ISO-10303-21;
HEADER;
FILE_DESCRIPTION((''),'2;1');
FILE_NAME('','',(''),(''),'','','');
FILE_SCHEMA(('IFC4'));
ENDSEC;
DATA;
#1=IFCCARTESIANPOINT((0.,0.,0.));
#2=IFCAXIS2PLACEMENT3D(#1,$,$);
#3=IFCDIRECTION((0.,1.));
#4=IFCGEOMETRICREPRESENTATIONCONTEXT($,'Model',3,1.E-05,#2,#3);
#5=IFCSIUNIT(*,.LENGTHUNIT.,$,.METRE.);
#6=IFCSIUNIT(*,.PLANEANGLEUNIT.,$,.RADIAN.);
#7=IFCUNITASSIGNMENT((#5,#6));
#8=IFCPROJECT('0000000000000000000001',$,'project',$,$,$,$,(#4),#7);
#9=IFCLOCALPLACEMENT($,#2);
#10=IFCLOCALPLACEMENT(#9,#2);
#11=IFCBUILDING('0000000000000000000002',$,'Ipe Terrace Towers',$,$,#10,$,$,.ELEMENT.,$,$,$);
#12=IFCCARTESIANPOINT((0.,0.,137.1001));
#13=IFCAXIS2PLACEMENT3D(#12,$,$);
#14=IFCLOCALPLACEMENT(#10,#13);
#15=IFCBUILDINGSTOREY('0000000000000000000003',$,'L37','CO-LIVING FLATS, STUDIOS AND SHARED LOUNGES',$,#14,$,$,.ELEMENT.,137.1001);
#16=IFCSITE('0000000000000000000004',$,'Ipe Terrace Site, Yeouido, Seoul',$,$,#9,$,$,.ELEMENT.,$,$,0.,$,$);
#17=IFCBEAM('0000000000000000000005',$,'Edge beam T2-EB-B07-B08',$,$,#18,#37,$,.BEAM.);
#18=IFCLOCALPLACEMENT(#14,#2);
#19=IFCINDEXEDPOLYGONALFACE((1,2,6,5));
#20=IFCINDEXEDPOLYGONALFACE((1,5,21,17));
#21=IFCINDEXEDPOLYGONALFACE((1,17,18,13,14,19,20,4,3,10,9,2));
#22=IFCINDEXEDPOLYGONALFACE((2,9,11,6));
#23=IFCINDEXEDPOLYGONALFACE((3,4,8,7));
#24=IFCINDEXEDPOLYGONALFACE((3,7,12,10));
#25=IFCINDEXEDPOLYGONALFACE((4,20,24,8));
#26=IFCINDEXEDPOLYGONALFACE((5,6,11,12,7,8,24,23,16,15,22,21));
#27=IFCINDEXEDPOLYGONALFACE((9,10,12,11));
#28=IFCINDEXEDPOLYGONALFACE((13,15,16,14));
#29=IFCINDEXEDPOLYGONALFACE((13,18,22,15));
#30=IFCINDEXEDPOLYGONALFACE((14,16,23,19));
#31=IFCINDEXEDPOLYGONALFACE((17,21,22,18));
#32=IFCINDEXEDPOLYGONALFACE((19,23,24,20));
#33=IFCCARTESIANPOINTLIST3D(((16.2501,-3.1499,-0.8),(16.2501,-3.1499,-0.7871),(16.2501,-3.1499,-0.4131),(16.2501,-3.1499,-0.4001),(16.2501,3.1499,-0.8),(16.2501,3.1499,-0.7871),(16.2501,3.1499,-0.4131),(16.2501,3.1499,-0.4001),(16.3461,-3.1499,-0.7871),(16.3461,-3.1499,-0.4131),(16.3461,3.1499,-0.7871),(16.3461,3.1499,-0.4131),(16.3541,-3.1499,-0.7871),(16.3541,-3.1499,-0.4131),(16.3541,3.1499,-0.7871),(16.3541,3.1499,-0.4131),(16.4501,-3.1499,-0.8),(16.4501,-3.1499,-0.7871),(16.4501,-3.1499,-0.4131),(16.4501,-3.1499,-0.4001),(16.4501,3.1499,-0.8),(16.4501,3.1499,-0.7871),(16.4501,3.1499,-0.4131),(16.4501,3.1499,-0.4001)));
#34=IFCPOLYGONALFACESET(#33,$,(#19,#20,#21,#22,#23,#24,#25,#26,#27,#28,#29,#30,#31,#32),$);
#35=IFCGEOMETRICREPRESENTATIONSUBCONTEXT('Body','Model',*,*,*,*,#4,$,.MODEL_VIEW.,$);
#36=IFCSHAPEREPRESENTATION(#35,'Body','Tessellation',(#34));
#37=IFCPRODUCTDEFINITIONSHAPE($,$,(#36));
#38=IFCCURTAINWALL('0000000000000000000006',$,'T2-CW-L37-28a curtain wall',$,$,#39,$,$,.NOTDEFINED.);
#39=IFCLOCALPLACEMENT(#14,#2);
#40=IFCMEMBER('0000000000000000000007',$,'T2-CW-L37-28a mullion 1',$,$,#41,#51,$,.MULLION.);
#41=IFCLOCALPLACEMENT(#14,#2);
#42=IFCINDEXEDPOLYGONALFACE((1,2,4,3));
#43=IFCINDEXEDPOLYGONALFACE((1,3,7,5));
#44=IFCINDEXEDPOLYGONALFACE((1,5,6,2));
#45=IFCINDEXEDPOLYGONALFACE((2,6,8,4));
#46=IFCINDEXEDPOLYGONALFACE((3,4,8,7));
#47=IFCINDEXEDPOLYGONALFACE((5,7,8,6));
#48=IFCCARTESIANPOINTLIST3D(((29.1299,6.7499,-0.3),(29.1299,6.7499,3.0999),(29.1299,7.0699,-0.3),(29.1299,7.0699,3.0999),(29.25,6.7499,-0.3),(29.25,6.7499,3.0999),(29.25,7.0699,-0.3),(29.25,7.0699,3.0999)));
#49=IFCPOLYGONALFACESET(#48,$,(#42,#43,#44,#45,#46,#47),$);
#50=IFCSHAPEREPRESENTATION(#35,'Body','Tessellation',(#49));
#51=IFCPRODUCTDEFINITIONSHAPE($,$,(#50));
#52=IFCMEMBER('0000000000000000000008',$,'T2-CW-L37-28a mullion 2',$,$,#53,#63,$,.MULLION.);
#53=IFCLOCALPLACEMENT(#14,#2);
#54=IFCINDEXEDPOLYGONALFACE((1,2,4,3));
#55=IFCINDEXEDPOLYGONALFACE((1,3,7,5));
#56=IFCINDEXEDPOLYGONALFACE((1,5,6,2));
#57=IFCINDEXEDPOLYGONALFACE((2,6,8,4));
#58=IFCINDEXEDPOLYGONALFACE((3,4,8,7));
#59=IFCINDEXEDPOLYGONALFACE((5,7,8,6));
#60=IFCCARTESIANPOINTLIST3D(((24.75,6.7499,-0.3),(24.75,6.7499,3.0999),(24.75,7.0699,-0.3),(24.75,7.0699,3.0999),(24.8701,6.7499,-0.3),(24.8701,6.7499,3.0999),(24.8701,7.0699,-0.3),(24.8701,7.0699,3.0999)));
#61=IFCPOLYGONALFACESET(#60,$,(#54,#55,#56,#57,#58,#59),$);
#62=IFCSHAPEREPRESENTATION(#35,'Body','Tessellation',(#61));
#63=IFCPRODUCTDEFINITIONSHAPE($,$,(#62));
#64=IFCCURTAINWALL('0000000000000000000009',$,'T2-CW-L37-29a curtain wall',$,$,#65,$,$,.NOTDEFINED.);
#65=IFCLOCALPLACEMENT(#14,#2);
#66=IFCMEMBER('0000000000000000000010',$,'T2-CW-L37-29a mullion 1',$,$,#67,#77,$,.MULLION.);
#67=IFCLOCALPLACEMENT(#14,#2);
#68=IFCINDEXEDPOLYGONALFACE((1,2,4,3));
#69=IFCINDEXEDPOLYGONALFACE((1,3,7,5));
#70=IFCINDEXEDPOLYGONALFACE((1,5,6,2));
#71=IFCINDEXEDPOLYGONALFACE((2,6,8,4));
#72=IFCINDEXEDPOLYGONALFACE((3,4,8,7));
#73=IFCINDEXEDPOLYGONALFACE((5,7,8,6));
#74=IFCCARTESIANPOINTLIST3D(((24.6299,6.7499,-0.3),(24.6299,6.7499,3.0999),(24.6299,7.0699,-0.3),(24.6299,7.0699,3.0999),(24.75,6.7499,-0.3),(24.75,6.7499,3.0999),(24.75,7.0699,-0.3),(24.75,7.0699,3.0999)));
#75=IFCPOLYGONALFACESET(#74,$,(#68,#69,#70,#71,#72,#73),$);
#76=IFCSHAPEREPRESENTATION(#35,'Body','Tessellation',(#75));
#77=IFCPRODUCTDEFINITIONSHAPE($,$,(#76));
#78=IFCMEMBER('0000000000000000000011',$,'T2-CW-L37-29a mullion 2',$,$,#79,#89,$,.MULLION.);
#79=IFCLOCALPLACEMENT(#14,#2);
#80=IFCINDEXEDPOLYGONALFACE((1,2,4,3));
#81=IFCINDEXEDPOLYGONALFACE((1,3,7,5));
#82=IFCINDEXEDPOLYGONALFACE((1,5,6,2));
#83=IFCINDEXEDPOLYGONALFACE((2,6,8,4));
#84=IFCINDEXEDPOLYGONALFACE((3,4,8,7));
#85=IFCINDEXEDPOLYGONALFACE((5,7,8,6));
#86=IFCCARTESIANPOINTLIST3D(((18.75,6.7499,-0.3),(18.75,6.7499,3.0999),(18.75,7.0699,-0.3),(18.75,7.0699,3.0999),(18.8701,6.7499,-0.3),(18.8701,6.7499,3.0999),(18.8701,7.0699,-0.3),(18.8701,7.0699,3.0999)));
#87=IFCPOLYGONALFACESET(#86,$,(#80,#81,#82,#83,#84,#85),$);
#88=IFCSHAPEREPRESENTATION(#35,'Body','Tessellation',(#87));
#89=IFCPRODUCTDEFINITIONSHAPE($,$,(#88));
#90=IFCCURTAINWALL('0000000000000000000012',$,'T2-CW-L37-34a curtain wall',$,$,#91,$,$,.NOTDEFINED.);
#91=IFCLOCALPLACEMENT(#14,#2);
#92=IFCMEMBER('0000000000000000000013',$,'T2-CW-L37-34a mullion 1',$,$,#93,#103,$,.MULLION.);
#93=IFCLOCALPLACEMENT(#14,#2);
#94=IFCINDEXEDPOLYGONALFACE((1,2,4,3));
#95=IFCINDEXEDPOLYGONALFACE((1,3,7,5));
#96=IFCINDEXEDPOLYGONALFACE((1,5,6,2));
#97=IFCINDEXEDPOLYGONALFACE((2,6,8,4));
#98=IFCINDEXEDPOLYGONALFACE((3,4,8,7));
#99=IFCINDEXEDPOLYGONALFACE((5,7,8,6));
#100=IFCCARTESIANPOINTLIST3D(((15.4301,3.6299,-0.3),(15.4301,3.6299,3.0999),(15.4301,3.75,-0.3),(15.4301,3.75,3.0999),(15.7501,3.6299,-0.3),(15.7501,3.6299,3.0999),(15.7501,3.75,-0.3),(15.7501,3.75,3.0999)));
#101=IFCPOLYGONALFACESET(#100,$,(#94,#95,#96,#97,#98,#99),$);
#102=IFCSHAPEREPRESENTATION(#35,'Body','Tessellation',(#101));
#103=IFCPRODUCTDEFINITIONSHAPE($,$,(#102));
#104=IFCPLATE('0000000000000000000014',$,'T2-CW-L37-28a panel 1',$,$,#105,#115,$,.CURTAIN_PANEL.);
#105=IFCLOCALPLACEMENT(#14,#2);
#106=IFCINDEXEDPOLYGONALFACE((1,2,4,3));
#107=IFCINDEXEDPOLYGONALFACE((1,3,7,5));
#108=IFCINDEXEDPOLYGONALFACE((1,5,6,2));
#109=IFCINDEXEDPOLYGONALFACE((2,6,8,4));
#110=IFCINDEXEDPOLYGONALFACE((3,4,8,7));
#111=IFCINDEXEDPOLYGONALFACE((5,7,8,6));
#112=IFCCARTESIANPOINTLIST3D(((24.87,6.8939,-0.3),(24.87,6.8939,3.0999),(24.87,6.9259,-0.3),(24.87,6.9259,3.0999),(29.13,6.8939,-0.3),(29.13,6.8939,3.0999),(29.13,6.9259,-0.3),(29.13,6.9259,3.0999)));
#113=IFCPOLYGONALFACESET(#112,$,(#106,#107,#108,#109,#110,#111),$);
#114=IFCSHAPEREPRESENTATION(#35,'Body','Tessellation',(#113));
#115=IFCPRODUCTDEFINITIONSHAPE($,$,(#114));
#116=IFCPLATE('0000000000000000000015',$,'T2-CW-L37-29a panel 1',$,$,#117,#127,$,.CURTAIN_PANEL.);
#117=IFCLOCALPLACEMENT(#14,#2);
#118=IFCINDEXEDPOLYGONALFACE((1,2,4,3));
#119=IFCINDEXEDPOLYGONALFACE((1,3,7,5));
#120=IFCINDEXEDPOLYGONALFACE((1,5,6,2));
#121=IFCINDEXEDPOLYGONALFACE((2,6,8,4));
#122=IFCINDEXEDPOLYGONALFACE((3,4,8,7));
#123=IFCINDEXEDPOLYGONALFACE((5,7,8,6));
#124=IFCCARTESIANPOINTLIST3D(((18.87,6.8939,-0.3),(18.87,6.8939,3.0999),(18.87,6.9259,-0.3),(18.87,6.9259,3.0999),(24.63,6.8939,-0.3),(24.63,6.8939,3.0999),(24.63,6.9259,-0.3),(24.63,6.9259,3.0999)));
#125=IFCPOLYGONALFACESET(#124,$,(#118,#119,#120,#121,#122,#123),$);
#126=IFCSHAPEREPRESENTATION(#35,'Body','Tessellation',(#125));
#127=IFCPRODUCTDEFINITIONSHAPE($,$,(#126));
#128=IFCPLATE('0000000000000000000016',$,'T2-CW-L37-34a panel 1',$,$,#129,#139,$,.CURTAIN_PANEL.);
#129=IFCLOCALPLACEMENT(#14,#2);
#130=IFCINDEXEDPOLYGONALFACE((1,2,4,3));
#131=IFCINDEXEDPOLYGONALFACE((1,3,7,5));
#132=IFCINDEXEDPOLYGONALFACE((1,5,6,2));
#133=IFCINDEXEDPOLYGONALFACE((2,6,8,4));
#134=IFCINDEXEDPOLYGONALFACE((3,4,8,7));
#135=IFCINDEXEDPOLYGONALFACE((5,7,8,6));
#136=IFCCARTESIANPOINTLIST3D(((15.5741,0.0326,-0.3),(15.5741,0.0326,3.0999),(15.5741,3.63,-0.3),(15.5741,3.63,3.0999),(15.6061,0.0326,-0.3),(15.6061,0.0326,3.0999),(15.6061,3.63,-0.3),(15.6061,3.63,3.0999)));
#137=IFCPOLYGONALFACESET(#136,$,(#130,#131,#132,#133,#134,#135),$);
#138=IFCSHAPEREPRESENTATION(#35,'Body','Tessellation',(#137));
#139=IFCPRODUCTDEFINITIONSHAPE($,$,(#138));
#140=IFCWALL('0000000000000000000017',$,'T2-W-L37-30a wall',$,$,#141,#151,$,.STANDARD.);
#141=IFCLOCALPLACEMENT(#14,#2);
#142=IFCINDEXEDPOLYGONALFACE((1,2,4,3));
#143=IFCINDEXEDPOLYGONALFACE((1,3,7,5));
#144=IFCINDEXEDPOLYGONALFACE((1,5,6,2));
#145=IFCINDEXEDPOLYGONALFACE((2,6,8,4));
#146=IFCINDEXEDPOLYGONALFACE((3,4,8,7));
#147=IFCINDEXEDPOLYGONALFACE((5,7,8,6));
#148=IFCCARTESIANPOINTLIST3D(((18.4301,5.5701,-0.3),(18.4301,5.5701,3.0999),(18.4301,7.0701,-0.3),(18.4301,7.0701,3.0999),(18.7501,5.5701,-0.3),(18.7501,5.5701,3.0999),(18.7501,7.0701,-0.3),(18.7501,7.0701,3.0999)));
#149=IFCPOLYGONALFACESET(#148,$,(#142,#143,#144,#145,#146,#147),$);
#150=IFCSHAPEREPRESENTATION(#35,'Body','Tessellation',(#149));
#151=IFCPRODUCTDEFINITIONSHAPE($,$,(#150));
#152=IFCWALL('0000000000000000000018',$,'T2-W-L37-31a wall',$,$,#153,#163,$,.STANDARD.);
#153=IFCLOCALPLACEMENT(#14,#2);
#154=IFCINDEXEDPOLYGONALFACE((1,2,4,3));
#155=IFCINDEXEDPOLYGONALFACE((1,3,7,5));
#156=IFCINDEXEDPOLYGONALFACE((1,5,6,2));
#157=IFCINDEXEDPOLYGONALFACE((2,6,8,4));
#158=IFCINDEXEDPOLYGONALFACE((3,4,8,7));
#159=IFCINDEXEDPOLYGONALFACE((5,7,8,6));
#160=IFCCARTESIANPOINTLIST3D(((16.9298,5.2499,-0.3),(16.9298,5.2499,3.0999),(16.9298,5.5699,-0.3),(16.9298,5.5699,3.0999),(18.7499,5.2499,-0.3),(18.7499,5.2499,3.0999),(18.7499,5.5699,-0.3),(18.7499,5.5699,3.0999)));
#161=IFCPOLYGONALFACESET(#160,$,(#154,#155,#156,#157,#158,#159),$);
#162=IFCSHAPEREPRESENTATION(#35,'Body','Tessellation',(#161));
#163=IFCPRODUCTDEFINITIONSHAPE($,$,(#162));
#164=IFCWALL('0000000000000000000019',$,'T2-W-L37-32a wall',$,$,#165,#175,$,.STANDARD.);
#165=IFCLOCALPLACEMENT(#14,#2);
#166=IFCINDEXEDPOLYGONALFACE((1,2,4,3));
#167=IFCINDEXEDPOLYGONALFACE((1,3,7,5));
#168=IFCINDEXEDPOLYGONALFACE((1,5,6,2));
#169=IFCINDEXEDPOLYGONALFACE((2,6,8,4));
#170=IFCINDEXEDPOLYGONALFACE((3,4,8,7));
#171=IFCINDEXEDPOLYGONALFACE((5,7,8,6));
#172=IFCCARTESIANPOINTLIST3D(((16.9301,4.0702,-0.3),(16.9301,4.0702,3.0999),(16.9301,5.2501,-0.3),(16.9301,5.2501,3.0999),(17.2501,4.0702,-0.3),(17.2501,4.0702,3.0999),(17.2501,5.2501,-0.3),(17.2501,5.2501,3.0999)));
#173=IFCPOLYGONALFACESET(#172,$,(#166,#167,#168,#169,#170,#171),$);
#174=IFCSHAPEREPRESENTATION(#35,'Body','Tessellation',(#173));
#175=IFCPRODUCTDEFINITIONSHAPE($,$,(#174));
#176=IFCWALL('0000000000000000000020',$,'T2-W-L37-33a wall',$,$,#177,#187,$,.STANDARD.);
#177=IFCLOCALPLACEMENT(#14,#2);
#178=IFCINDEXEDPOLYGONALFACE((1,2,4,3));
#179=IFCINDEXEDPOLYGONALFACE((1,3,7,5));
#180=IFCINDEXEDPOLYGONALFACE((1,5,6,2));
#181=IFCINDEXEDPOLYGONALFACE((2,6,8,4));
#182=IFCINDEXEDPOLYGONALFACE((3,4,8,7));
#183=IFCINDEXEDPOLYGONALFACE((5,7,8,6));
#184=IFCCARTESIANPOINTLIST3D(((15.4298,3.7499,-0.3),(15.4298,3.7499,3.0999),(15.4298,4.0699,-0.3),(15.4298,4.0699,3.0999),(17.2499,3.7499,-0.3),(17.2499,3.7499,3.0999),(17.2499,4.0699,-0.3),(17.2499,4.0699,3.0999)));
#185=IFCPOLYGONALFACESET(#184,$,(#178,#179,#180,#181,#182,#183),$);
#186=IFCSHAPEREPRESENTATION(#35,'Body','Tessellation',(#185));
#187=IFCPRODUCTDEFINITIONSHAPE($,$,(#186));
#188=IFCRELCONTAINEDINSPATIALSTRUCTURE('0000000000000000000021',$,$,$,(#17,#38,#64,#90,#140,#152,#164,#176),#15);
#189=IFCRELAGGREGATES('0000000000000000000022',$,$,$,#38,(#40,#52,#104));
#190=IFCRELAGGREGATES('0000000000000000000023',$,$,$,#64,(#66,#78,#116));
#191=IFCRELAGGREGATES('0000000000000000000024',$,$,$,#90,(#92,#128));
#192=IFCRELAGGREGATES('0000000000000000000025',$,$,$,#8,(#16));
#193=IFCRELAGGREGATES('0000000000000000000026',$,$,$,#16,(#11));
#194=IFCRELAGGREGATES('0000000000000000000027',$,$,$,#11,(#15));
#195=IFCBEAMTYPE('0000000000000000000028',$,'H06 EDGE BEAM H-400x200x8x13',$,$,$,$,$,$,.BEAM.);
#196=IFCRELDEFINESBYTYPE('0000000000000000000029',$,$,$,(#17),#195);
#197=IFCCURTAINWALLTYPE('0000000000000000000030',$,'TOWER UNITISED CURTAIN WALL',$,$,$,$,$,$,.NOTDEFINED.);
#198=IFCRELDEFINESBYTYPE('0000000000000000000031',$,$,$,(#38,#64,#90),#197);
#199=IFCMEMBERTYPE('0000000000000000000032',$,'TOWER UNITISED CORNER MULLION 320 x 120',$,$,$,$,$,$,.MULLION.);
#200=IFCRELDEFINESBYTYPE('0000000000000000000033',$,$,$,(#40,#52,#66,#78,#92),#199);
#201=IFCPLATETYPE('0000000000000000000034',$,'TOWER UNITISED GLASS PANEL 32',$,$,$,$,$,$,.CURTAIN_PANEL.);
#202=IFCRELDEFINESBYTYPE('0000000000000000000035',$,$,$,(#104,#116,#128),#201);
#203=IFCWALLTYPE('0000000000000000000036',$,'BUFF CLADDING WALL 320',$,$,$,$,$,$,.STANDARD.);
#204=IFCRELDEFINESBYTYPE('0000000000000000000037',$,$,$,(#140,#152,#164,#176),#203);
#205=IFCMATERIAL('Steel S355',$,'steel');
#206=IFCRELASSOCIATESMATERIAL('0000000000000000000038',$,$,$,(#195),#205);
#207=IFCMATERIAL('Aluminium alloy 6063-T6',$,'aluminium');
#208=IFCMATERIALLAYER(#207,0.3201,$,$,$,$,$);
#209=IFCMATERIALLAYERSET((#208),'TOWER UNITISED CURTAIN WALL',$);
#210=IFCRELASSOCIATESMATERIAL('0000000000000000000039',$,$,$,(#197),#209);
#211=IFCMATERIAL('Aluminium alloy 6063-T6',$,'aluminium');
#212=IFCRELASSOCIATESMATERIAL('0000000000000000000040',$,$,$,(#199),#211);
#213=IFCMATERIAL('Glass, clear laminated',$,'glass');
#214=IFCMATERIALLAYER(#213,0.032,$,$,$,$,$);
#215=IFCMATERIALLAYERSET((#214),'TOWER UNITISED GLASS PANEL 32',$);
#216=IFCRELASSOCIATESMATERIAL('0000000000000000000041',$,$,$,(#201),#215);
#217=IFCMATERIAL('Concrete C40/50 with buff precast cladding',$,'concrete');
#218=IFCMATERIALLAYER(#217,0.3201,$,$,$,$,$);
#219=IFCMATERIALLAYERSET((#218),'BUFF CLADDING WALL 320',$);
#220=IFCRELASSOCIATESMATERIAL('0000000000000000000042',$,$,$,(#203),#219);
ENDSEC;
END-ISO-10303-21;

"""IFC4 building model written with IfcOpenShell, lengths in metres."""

from ifc_helpers import new_model, si_unit, direction, frame, frame_2d, origin, origin_2d, place, context, subcontext, project, spatial, rectangle, i_section, extrude, material, layer, layer_set, material_profile, profile_set, type_object, element, aggregate, save


model = new_model("IFC4")

# Units and contexts
model_context = context("Model", 3, precision=1e-05, world=origin(), true_north=direction((0.0, 1.0)))
body_context = subcontext(model_context, "Body", "Model", "MODEL_VIEW")
ifc_project = project(units=[si_unit("LENGTHUNIT", "METRE"), si_unit("PLANEANGLEUNIT", "RADIAN")], contexts=[model_context])

# Site, building, storey
site_placement = place(None, origin())
site = spatial("IfcSite", under=ifc_project, at=site_placement, Name="Ipe Terrace Site, Yeouido, Seoul", CompositionType="ELEMENT", RefElevation=0.0)
building_placement = place(site_placement, origin())
building = spatial("IfcBuilding", under=site, at=building_placement, Name="Ipe Terrace Towers", CompositionType="ELEMENT")
storey_placement = place(building_placement, frame((0.0, 0.0, 137.1001)))
storey = spatial("IfcBuildingStorey", under=building, at=storey_placement, Name="L37", Description="CO-LIVING FLATS, STUDIOS AND SHARED LOUNGES", CompositionType="ELEMENT", Elevation=137.1001)

# Beam
ifc_material_1 = material(Name="Steel S355", Category="steel")
ifc_material_profile_1 = material_profile(ifc_material_1, i_section(OverallWidth=0.2, OverallDepth=0.3999, WebThickness=0.0081, FlangeThickness=0.0129, at=origin_2d()), Name="H-400x200x8x13")
ifc_profile_set_1 = profile_set([ifc_material_profile_1], Name="Steel S355")
beam_type_1 = type_object("IfcBeamType", Name="H06 EDGE BEAM H-400x200x8x13", PredefinedType="BEAM", material=ifc_profile_set_1)
beam_1_placement = place(storey_placement, frame((16.3501, 3.1499, -0.6001), z_axis=(0.0, -1.0, 0.0), x_axis=(1.0, 0.0, 0.0)))
element("IfcBeam", 1, at=beam_1_placement, inside=storey, type_object=beam_type_1, Name="Edge beam T2-EB-B07-B08", PredefinedType="BEAM", context=body_context, shape_type="SweptSolid", body=[
    extrude(i_section(OverallWidth=0.2, OverallDepth=0.3999, WebThickness=0.0081, FlangeThickness=0.0129, at=origin_2d()), origin(), (0.0, 0.0, 1.0), 6.2998),
])

# Curtain walls, members
ifc_material_2 = material(Name="Aluminium alloy 6063-T6", Category="aluminium")
ifc_layer_1 = layer(ifc_material_2, 0.3201)
ifc_layer_set_1 = layer_set([ifc_layer_1], Name="TOWER UNITISED CURTAIN WALL")
curtain_wall_type = type_object("IfcCurtainWallType", Name="TOWER UNITISED CURTAIN WALL", PredefinedType="NOTDEFINED", material=ifc_layer_set_1)
curtain_wall_1_placement = place(storey_placement, origin())
curtain_wall_1 = element("IfcCurtainWall", 2, at=curtain_wall_1_placement, inside=storey, type_object=curtain_wall_type, Name="T2-CW-L37-28a curtain wall", PredefinedType="NOTDEFINED")
ifc_material_3 = material(Name="Aluminium alloy 6063-T6", Category="aluminium")
ifc_material_profile_2 = material_profile(ifc_material_3, rectangle(XDim=0.3201, YDim=0.1201, at=origin_2d()), Name="TOWER UNITISED CORNER MULLION 320 x 120")
ifc_profile_set_2 = profile_set([ifc_material_profile_2], Name="Aluminium alloy 6063-T6")
member_type = type_object("IfcMemberType", Name="TOWER UNITISED CORNER MULLION 320 x 120", PredefinedType="MULLION", material=ifc_profile_set_2)
member_1_placement = place(storey_placement, frame((29.1899, 6.9099, -0.3), z_axis=(0.0, 0.0, 1.0), x_axis=(0.0, 1.0, 0.0)))
member_1 = element("IfcMember", 3, at=member_1_placement, type_object=member_type, Name="T2-CW-L37-28a mullion 1", PredefinedType="MULLION", context=body_context, shape_type="SweptSolid", body=[
    extrude(rectangle(XDim=0.3201, YDim=0.1201, at=origin_2d()), origin(), (0.0, 0.0, 1.0), 3.3999),
])
member_2_placement = place(storey_placement, frame((24.8101, 6.9099, -0.3), z_axis=(0.0, 0.0, 1.0), x_axis=(0.0, 1.0, 0.0)))
member_2 = element("IfcMember", 4, at=member_2_placement, type_object=member_type, Name="T2-CW-L37-28a mullion 2", PredefinedType="MULLION", context=body_context, shape_type="SweptSolid", body=[
    extrude(rectangle(XDim=0.3201, YDim=0.1201, at=origin_2d()), origin(), (0.0, 0.0, 1.0), 3.3999),
])
curtain_wall_2_placement = place(storey_placement, origin())
curtain_wall_2 = element("IfcCurtainWall", 5, at=curtain_wall_2_placement, inside=storey, type_object=curtain_wall_type, Name="T2-CW-L37-29a curtain wall", PredefinedType="NOTDEFINED")
member_3_placement = place(storey_placement, frame((24.6899, 6.9099, -0.3), z_axis=(0.0, 0.0, 1.0), x_axis=(0.0, 1.0, 0.0)))
member_3 = element("IfcMember", 6, at=member_3_placement, type_object=member_type, Name="T2-CW-L37-29a mullion 1", PredefinedType="MULLION", context=body_context, shape_type="SweptSolid", body=[
    extrude(rectangle(XDim=0.3201, YDim=0.1201, at=origin_2d()), origin(), (0.0, 0.0, 1.0), 3.3999),
])
member_4_placement = place(storey_placement, frame((18.8101, 6.9099, -0.3), z_axis=(0.0, 0.0, 1.0), x_axis=(0.0, 1.0, 0.0)))
member_4 = element("IfcMember", 7, at=member_4_placement, type_object=member_type, Name="T2-CW-L37-29a mullion 2", PredefinedType="MULLION", context=body_context, shape_type="SweptSolid", body=[
    extrude(rectangle(XDim=0.3201, YDim=0.1201, at=origin_2d()), origin(), (0.0, 0.0, 1.0), 3.3999),
])

# Curtain wall, member
curtain_wall_3_placement = place(storey_placement, origin())
curtain_wall_3 = element("IfcCurtainWall", 8, at=curtain_wall_3_placement, inside=storey, type_object=curtain_wall_type, Name="T2-CW-L37-34a curtain wall", PredefinedType="NOTDEFINED")
member_5_placement = place(storey_placement, frame((15.5901, 3.6899, -0.3), z_axis=(0.0, 0.0, 1.0), x_axis=(-1.0, 0.0, 0.0)))
member_5 = element("IfcMember", 9, at=member_5_placement, type_object=member_type, Name="T2-CW-L37-34a mullion 1", PredefinedType="MULLION", context=body_context, shape_type="SweptSolid", body=[
    extrude(rectangle(XDim=0.3201, YDim=0.1201, at=origin_2d()), origin(), (0.0, 0.0, 1.0), 3.3999),
])

# Plates
ifc_material_4 = material(Name="Glass, clear laminated", Category="glass")
ifc_layer_2 = layer(ifc_material_4, 0.032)
ifc_layer_set_2 = layer_set([ifc_layer_2], Name="TOWER UNITISED GLASS PANEL 32")
plate_type = type_object("IfcPlateType", Name="TOWER UNITISED GLASS PANEL 32", PredefinedType="CURTAIN_PANEL", material=ifc_layer_set_2)
plate_1_placement = place(storey_placement, frame((27.0, 6.9099, -0.3), z_axis=(0.0, 0.0, 1.0), x_axis=(-1.0, 0.0, 0.0)))
plate_1 = element("IfcPlate", 10, at=plate_1_placement, type_object=plate_type, Name="T2-CW-L37-28a panel 1", PredefinedType="CURTAIN_PANEL", context=body_context, shape_type="SweptSolid", body=[
    extrude(rectangle(XDim=4.26, YDim=0.032, at=origin_2d()), origin(), (0.0, 0.0, 1.0), 3.3999),
])
aggregate(curtain_wall_1, [member_1, member_2, plate_1])
plate_2_placement = place(storey_placement, frame((21.75, 6.9099, -0.3), z_axis=(0.0, 0.0, 1.0), x_axis=(-1.0, 0.0, 0.0)))
plate_2 = element("IfcPlate", 11, at=plate_2_placement, type_object=plate_type, Name="T2-CW-L37-29a panel 1", PredefinedType="CURTAIN_PANEL", context=body_context, shape_type="SweptSolid", body=[
    extrude(rectangle(XDim=5.76, YDim=0.032, at=origin_2d()), origin(), (0.0, 0.0, 1.0), 3.3999),
])
aggregate(curtain_wall_2, [member_3, member_4, plate_2])
plate_3_placement = place(storey_placement, frame((15.5901, 1.8313, -0.3), z_axis=(0.0, 0.0, 1.0), x_axis=(0.0, -1.0, 0.0)))
plate_3 = element("IfcPlate", 12, at=plate_3_placement, type_object=plate_type, Name="T2-CW-L37-34a panel 1", PredefinedType="CURTAIN_PANEL", context=body_context, shape_type="SweptSolid", body=[
    extrude(rectangle(XDim=3.5974, YDim=0.032, at=origin_2d()), origin(), (0.0, 0.0, 1.0), 3.3999),
])
aggregate(curtain_wall_3, [member_5, plate_3])

# Walls
ifc_material_5 = material(Name="Concrete C40/50 with buff precast cladding", Category="concrete")
ifc_layer_3 = layer(ifc_material_5, 0.3201)
ifc_layer_set_3 = layer_set([ifc_layer_3], Name="BUFF CLADDING WALL 320")
wall_type_1 = type_object("IfcWallType", Name="BUFF CLADDING WALL 320", PredefinedType="STANDARD", material=ifc_layer_set_3)
wall_1_placement = place(storey_placement, frame((18.5901, 7.0701, -0.3), z_axis=(0.0, 0.0, 1.0), x_axis=(0.0, -1.0, 0.0)))
element("IfcWall", 13, at=wall_1_placement, inside=storey, type_object=wall_type_1, Name="T2-W-L37-30a wall", PredefinedType="STANDARD", context=body_context, shape_type="SweptSolid", body=[
    extrude(rectangle(XDim=1.5, YDim=0.3201, at=frame_2d((0.75, 0.0))), origin(), (0.0, 0.0, 1.0), 3.3999),
])
wall_2_placement = place(storey_placement, frame((18.75, 5.4099, -0.3), z_axis=(0.0, 0.0, 1.0), x_axis=(-1.0, 0.0, 0.0)))
element("IfcWall", 14, at=wall_2_placement, inside=storey, type_object=wall_type_1, Name="T2-W-L37-31a wall", PredefinedType="STANDARD", context=body_context, shape_type="SweptSolid", body=[
    extrude(rectangle(XDim=1.8201, YDim=0.3201, at=frame_2d((0.9102, 0.0))), origin(), (0.0, 0.0, 1.0), 3.3999),
])
wall_3_placement = place(storey_placement, frame((17.0901, 5.25, -0.3), z_axis=(0.0, 0.0, 1.0), x_axis=(0.0, -1.0, 0.0)))
element("IfcWall", 15, at=wall_3_placement, inside=storey, type_object=wall_type_1, Name="T2-W-L37-32a wall", PredefinedType="STANDARD", context=body_context, shape_type="SweptSolid", body=[
    extrude(rectangle(XDim=1.1799, YDim=0.3201, at=frame_2d((0.5898, 0.0))), origin(), (0.0, 0.0, 1.0), 3.3999),
])
wall_4_placement = place(storey_placement, frame((17.25, 3.9099, -0.3), z_axis=(0.0, 0.0, 1.0), x_axis=(-1.0, 0.0, 0.0)))
element("IfcWall", 16, at=wall_4_placement, inside=storey, type_object=wall_type_1, Name="T2-W-L37-33a wall", PredefinedType="STANDARD", context=body_context, shape_type="SweptSolid", body=[
    extrude(rectangle(XDim=1.8201, YDim=0.3201, at=frame_2d((0.9102, 0.0))), origin(), (0.0, 0.0, 1.0), 3.3999),
])

save(model, "model.ifc")
